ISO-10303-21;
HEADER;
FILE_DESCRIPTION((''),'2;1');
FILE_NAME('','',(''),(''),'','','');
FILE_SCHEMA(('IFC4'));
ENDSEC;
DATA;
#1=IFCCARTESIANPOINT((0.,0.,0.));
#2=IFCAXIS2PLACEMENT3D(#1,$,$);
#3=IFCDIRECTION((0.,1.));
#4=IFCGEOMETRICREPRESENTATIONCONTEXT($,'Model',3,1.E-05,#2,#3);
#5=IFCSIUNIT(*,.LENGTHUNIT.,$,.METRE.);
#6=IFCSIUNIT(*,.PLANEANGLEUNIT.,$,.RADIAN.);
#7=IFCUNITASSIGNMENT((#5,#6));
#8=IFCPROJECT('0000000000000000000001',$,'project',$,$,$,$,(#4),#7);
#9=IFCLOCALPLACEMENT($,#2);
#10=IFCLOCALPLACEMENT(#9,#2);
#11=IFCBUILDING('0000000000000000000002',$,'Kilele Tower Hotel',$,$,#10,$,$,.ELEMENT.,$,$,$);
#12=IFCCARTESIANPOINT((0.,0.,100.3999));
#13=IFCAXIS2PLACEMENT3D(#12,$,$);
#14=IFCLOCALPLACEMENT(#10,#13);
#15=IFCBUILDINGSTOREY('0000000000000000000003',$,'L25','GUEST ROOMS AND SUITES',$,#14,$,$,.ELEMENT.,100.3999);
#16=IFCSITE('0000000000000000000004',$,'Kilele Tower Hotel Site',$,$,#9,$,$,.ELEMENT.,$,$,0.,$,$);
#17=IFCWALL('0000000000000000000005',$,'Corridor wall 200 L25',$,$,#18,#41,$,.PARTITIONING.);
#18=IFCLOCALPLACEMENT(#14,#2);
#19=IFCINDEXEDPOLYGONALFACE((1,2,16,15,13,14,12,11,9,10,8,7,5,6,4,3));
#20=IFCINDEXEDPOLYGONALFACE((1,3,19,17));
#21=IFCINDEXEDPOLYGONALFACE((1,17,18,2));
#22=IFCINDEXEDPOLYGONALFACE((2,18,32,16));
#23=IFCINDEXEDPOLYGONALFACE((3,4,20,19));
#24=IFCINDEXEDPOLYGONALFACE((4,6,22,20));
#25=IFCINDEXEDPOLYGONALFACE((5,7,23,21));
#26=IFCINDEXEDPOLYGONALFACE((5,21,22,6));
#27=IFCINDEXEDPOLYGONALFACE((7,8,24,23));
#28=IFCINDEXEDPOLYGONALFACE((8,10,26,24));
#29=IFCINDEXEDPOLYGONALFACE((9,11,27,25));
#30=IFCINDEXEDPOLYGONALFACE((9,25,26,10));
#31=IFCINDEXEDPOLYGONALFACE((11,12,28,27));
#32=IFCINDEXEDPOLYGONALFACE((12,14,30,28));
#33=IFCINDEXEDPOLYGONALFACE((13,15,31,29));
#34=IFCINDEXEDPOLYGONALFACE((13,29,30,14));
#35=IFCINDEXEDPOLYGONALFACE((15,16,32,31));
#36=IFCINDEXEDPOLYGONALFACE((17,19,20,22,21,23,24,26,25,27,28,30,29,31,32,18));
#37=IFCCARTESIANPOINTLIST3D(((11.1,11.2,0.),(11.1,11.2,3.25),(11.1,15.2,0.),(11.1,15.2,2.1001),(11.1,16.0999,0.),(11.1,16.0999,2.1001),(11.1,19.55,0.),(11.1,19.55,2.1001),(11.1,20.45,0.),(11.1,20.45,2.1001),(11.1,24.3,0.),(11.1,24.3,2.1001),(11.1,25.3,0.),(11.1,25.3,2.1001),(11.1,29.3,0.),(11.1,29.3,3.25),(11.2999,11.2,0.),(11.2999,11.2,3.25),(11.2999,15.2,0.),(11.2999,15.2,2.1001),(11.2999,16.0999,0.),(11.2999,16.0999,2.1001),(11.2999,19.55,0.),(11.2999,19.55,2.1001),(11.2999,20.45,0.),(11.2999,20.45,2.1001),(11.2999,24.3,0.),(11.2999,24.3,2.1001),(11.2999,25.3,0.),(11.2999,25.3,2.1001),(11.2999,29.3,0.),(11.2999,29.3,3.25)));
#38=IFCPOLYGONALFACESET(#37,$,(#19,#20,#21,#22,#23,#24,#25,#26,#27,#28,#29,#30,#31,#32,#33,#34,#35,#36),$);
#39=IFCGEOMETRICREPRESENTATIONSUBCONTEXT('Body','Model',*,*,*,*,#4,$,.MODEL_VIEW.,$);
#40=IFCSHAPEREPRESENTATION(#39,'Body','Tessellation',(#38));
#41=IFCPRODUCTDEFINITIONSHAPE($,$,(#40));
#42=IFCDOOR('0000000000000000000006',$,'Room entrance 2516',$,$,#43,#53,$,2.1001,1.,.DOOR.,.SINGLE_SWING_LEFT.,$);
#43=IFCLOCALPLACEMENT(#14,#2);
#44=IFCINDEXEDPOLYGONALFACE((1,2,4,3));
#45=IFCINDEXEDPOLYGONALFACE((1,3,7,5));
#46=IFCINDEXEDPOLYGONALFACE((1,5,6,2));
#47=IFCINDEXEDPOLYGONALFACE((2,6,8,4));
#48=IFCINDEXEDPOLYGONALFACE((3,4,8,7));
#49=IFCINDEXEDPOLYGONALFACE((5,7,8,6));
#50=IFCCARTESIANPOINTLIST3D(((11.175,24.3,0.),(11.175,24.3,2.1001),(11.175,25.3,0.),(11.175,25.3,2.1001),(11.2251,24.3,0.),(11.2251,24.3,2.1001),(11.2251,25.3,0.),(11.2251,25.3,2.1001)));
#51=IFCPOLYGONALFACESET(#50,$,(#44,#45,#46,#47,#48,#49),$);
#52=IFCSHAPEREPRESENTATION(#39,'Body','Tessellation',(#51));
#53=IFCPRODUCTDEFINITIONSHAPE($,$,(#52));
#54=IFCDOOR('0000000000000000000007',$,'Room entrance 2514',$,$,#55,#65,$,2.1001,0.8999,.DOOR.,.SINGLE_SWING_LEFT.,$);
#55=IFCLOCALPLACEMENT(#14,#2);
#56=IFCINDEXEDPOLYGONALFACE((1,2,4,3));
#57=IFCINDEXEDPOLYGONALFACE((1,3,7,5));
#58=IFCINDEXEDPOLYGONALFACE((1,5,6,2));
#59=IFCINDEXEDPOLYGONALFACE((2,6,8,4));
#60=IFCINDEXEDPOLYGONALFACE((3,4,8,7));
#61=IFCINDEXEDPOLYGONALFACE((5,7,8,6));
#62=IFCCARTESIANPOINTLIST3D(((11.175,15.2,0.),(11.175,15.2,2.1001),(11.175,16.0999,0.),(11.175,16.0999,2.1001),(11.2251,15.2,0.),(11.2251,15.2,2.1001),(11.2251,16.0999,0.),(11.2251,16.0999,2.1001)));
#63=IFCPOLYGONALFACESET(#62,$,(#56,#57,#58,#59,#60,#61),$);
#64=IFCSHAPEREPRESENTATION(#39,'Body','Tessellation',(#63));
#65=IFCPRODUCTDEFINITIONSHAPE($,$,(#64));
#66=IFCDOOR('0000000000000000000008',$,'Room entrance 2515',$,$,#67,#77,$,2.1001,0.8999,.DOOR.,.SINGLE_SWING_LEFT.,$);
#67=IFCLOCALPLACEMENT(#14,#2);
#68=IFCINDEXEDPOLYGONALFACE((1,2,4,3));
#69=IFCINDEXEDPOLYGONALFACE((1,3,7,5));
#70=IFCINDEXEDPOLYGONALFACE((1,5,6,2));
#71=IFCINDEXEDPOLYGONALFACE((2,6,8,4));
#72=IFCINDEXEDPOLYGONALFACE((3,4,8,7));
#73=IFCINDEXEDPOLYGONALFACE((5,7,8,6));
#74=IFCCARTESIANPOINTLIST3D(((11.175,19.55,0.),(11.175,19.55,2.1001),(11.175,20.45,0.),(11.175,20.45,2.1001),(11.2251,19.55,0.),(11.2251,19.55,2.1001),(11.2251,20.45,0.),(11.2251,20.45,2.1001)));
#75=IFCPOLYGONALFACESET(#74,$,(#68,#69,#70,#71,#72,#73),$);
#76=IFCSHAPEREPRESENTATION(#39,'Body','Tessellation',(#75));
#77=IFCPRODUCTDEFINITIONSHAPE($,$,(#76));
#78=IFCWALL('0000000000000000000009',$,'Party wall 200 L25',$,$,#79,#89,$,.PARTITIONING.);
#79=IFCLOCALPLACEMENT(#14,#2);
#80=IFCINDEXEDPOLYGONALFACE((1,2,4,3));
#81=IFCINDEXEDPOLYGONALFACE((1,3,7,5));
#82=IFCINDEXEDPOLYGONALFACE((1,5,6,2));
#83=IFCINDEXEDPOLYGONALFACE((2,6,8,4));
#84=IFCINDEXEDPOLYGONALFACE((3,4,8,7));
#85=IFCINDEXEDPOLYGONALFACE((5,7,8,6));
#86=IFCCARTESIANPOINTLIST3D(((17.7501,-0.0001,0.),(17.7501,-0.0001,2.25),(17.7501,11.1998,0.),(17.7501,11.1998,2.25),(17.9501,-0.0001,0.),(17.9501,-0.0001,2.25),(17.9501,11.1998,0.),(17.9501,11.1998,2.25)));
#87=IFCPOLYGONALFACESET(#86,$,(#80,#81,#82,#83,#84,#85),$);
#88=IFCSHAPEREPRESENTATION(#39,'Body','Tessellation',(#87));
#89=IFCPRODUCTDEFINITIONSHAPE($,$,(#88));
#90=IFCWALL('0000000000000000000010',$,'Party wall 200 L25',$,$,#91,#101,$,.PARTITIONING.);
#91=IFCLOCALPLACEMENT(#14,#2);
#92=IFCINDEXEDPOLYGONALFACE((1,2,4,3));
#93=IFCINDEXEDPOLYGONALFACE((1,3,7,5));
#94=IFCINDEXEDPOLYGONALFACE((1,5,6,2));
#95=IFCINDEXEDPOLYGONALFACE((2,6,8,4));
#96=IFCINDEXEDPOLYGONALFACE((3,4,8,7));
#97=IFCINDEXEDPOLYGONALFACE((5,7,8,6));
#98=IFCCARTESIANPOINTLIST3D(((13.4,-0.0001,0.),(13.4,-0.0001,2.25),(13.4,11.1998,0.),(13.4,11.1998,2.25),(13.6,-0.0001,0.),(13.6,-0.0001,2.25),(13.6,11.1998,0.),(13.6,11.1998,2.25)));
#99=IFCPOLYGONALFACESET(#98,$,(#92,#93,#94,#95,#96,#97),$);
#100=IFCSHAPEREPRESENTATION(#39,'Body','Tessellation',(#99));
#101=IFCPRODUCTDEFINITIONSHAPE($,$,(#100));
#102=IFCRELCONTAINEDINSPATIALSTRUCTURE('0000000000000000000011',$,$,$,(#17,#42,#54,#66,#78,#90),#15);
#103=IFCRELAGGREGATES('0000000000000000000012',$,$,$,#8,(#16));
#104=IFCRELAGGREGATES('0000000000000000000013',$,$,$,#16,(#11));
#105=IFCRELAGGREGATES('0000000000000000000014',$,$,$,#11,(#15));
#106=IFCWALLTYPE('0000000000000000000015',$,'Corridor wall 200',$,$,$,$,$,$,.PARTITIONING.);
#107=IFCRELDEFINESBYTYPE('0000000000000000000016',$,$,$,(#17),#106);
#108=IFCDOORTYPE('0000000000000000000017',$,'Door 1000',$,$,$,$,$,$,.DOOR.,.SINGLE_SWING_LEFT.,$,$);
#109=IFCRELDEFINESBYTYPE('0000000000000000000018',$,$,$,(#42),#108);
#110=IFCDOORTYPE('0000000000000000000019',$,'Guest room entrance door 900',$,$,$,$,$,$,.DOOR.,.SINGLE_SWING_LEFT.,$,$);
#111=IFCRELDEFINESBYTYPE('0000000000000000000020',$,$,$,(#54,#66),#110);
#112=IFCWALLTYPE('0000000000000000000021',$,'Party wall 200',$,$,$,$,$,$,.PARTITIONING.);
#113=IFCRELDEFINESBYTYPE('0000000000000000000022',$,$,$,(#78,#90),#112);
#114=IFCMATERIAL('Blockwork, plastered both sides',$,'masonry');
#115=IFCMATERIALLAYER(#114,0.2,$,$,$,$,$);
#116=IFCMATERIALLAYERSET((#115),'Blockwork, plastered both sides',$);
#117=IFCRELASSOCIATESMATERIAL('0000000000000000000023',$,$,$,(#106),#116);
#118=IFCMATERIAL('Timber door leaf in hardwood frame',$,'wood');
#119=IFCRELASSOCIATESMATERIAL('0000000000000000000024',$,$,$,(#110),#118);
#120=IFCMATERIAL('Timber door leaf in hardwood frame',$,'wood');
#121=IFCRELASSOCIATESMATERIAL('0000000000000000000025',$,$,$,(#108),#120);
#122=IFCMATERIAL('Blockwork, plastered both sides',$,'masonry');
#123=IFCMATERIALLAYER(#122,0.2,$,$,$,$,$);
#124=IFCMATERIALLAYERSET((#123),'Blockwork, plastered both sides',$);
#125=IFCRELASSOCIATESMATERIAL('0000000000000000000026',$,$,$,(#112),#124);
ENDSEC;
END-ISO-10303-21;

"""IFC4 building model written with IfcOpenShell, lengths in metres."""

from ifc_helpers import new_model, si_unit, direction, frame, frame_2d, origin, place, context, subcontext, project, spatial, rectangle, extrude, material, layer, layer_set, type_object, element, fill, save


model = new_model("IFC4")

# Units and contexts
model_context = context("Model", 3, precision=1e-05, world=origin(), true_north=direction((0.0, 1.0)))
body_context = subcontext(model_context, "Body", "Model", "MODEL_VIEW")
ifc_project = project(units=[si_unit("LENGTHUNIT", "METRE"), si_unit("PLANEANGLEUNIT", "RADIAN")], contexts=[model_context])

# Site, building, storey
site_placement = place(None, origin())
site = spatial("IfcSite", under=ifc_project, at=site_placement, Name="Kilele Tower Hotel Site", CompositionType="ELEMENT", RefElevation=0.0)
building_placement = place(site_placement, origin())
building = spatial("IfcBuilding", under=site, at=building_placement, Name="Kilele Tower Hotel", CompositionType="ELEMENT")
storey_placement = place(building_placement, frame((0.0, 0.0, 100.3999)))
storey = spatial("IfcBuildingStorey", under=building, at=storey_placement, Name="L25", Description="GUEST ROOMS AND SUITES", CompositionType="ELEMENT", Elevation=100.3999)

# Wall, openings, doors
ifc_material_1 = material(Name="Blockwork, plastered both sides", Category="masonry")
ifc_layer_1 = layer(ifc_material_1, 0.2)
ifc_layer_set_1 = layer_set([ifc_layer_1], Name="Blockwork, plastered both sides")
wall_type_1 = type_object("IfcWallType", Name="Corridor wall 200", PredefinedType="PARTITIONING", material=ifc_layer_set_1)
ifc_material_2 = material(Name="Timber door leaf in hardwood frame", Category="wood")
door_type_1 = type_object("IfcDoorType", Name="Guest room entrance door 900", OperationType="SINGLE_SWING_LEFT", PredefinedType="DOOR", material=ifc_material_2)
wall_1_placement = place(storey_placement, frame((11.2, 11.2, 0.0), z_axis=(0.0, 0.0, 1.0), x_axis=(0.0, 1.0, 0.0)))
wall_1 = element("IfcWall", 1, at=wall_1_placement, inside=storey, type_object=wall_type_1, Name="Corridor wall 200 L25", PredefinedType="PARTITIONING", context=body_context, shape_type="SweptSolid", body=[
    extrude(rectangle(XDim=18.1001, YDim=0.2, at=frame_2d((9.05, 0.0))), origin(), (0.0, 0.0, 1.0), 3.25),
])
opening_1_placement = place(wall_1_placement, frame((4.0, 0.0, 0.0)))
opening_1 = element("IfcOpeningElement", 2, at=opening_1_placement, cuts=wall_1, PredefinedType="OPENING", context=body_context, shape_type="SweptSolid", body=[
    extrude(rectangle(XDim=0.8999, YDim=2.1001, at=frame_2d((0.45, 1.05))), frame((0.0, 0.1099, 0.0), z_axis=(0.0, -1.0, 0.0), x_axis=(1.0, 0.0, 0.0)), (0.0, 0.0, 1.0), 0.22),
])
opening_2_placement = place(wall_1_placement, frame((8.3501, 0.0, 0.0)))
opening_2 = element("IfcOpeningElement", 3, at=opening_2_placement, cuts=wall_1, PredefinedType="OPENING", context=body_context, shape_type="SweptSolid", body=[
    extrude(rectangle(XDim=0.8999, YDim=2.1001, at=frame_2d((0.45, 1.05))), frame((0.0, 0.1099, 0.0), z_axis=(0.0, -1.0, 0.0), x_axis=(1.0, 0.0, 0.0)), (0.0, 0.0, 1.0), 0.22),
])
opening_3_placement = place(wall_1_placement, frame((13.1001, 0.0, 0.0)))
opening_3 = element("IfcOpeningElement", 4, at=opening_3_placement, cuts=wall_1, PredefinedType="OPENING", context=body_context, shape_type="SweptSolid", body=[
    extrude(rectangle(XDim=1.0, YDim=2.1001, at=frame_2d((0.5, 1.05))), frame((0.0, 0.1099, 0.0), z_axis=(0.0, -1.0, 0.0), x_axis=(1.0, 0.0, 0.0)), (0.0, 0.0, 1.0), 0.22),
])
ifc_material_3 = material(Name="Timber door leaf in hardwood frame", Category="wood")
door_type_2 = type_object("IfcDoorType", Name="Door 1000", OperationType="SINGLE_SWING_LEFT", PredefinedType="DOOR", material=ifc_material_3)
door_1_placement = place(opening_3_placement, origin())
door_1 = element("IfcDoor", 5, at=door_1_placement, inside=storey, type_object=door_type_2, Name="Room entrance 2516", OperationType="SINGLE_SWING_LEFT", OverallHeight=2.1001, OverallWidth=1.0, PredefinedType="DOOR", context=body_context, shape_type="SweptSolid", body=[
    extrude(rectangle(XDim=1.0, YDim=2.1001, at=frame_2d((0.5, 1.05))), frame((0.0, 0.0249, 0.0), z_axis=(0.0, -1.0, 0.0), x_axis=(1.0, 0.0, 0.0)), (0.0, 0.0, 1.0), 0.05),
])
fill(opening_3, door_1)
door_2_placement = place(opening_1_placement, origin())
door_2 = element("IfcDoor", 6, at=door_2_placement, inside=storey, type_object=door_type_1, Name="Room entrance 2514", OperationType="SINGLE_SWING_LEFT", OverallHeight=2.1001, OverallWidth=0.8999, PredefinedType="DOOR", context=body_context, shape_type="SweptSolid", body=[
    extrude(rectangle(XDim=0.8999, YDim=2.1001, at=frame_2d((0.45, 1.05))), frame((0.0, 0.0249, 0.0), z_axis=(0.0, -1.0, 0.0), x_axis=(1.0, 0.0, 0.0)), (0.0, 0.0, 1.0), 0.05),
])
fill(opening_1, door_2)
door_3_placement = place(opening_2_placement, origin())
door_3 = element("IfcDoor", 7, at=door_3_placement, inside=storey, type_object=door_type_1, Name="Room entrance 2515", OperationType="SINGLE_SWING_LEFT", OverallHeight=2.1001, OverallWidth=0.8999, PredefinedType="DOOR", context=body_context, shape_type="SweptSolid", body=[
    extrude(rectangle(XDim=0.8999, YDim=2.1001, at=frame_2d((0.45, 1.05))), frame((0.0, 0.0249, 0.0), z_axis=(0.0, -1.0, 0.0), x_axis=(1.0, 0.0, 0.0)), (0.0, 0.0, 1.0), 0.05),
])
fill(opening_2, door_3)

# Walls
ifc_material_4 = material(Name="Blockwork, plastered both sides", Category="masonry")
ifc_layer_2 = layer(ifc_material_4, 0.2)
ifc_layer_set_2 = layer_set([ifc_layer_2], Name="Blockwork, plastered both sides")
wall_type_2 = type_object("IfcWallType", Name="Party wall 200", PredefinedType="PARTITIONING", material=ifc_layer_set_2)
for number, where, z_axis, x_axis, name in (
    (8, (17.8501, 11.2, 0.0), (0.0, 0.0, 1.0), (0.0, -1.0, 0.0), "Party wall 200 L25"),
    (9, (13.5, 11.2, 0.0), (0.0, 0.0, 1.0), (0.0, -1.0, 0.0), "Party wall 200 L25"),
):
    element("IfcWall", number, at=place(storey_placement, frame(where, z_axis=z_axis, x_axis=x_axis)), inside=storey, type_object=wall_type_2, Name=name, PredefinedType="PARTITIONING", context=body_context, shape_type="SweptSolid", body=[
        extrude(rectangle(XDim=11.2, YDim=0.2, at=frame_2d((5.6001, 0.0))), origin(), (0.0, 0.0, 1.0), 2.25),
    ])

save(model, "model.ifc")
